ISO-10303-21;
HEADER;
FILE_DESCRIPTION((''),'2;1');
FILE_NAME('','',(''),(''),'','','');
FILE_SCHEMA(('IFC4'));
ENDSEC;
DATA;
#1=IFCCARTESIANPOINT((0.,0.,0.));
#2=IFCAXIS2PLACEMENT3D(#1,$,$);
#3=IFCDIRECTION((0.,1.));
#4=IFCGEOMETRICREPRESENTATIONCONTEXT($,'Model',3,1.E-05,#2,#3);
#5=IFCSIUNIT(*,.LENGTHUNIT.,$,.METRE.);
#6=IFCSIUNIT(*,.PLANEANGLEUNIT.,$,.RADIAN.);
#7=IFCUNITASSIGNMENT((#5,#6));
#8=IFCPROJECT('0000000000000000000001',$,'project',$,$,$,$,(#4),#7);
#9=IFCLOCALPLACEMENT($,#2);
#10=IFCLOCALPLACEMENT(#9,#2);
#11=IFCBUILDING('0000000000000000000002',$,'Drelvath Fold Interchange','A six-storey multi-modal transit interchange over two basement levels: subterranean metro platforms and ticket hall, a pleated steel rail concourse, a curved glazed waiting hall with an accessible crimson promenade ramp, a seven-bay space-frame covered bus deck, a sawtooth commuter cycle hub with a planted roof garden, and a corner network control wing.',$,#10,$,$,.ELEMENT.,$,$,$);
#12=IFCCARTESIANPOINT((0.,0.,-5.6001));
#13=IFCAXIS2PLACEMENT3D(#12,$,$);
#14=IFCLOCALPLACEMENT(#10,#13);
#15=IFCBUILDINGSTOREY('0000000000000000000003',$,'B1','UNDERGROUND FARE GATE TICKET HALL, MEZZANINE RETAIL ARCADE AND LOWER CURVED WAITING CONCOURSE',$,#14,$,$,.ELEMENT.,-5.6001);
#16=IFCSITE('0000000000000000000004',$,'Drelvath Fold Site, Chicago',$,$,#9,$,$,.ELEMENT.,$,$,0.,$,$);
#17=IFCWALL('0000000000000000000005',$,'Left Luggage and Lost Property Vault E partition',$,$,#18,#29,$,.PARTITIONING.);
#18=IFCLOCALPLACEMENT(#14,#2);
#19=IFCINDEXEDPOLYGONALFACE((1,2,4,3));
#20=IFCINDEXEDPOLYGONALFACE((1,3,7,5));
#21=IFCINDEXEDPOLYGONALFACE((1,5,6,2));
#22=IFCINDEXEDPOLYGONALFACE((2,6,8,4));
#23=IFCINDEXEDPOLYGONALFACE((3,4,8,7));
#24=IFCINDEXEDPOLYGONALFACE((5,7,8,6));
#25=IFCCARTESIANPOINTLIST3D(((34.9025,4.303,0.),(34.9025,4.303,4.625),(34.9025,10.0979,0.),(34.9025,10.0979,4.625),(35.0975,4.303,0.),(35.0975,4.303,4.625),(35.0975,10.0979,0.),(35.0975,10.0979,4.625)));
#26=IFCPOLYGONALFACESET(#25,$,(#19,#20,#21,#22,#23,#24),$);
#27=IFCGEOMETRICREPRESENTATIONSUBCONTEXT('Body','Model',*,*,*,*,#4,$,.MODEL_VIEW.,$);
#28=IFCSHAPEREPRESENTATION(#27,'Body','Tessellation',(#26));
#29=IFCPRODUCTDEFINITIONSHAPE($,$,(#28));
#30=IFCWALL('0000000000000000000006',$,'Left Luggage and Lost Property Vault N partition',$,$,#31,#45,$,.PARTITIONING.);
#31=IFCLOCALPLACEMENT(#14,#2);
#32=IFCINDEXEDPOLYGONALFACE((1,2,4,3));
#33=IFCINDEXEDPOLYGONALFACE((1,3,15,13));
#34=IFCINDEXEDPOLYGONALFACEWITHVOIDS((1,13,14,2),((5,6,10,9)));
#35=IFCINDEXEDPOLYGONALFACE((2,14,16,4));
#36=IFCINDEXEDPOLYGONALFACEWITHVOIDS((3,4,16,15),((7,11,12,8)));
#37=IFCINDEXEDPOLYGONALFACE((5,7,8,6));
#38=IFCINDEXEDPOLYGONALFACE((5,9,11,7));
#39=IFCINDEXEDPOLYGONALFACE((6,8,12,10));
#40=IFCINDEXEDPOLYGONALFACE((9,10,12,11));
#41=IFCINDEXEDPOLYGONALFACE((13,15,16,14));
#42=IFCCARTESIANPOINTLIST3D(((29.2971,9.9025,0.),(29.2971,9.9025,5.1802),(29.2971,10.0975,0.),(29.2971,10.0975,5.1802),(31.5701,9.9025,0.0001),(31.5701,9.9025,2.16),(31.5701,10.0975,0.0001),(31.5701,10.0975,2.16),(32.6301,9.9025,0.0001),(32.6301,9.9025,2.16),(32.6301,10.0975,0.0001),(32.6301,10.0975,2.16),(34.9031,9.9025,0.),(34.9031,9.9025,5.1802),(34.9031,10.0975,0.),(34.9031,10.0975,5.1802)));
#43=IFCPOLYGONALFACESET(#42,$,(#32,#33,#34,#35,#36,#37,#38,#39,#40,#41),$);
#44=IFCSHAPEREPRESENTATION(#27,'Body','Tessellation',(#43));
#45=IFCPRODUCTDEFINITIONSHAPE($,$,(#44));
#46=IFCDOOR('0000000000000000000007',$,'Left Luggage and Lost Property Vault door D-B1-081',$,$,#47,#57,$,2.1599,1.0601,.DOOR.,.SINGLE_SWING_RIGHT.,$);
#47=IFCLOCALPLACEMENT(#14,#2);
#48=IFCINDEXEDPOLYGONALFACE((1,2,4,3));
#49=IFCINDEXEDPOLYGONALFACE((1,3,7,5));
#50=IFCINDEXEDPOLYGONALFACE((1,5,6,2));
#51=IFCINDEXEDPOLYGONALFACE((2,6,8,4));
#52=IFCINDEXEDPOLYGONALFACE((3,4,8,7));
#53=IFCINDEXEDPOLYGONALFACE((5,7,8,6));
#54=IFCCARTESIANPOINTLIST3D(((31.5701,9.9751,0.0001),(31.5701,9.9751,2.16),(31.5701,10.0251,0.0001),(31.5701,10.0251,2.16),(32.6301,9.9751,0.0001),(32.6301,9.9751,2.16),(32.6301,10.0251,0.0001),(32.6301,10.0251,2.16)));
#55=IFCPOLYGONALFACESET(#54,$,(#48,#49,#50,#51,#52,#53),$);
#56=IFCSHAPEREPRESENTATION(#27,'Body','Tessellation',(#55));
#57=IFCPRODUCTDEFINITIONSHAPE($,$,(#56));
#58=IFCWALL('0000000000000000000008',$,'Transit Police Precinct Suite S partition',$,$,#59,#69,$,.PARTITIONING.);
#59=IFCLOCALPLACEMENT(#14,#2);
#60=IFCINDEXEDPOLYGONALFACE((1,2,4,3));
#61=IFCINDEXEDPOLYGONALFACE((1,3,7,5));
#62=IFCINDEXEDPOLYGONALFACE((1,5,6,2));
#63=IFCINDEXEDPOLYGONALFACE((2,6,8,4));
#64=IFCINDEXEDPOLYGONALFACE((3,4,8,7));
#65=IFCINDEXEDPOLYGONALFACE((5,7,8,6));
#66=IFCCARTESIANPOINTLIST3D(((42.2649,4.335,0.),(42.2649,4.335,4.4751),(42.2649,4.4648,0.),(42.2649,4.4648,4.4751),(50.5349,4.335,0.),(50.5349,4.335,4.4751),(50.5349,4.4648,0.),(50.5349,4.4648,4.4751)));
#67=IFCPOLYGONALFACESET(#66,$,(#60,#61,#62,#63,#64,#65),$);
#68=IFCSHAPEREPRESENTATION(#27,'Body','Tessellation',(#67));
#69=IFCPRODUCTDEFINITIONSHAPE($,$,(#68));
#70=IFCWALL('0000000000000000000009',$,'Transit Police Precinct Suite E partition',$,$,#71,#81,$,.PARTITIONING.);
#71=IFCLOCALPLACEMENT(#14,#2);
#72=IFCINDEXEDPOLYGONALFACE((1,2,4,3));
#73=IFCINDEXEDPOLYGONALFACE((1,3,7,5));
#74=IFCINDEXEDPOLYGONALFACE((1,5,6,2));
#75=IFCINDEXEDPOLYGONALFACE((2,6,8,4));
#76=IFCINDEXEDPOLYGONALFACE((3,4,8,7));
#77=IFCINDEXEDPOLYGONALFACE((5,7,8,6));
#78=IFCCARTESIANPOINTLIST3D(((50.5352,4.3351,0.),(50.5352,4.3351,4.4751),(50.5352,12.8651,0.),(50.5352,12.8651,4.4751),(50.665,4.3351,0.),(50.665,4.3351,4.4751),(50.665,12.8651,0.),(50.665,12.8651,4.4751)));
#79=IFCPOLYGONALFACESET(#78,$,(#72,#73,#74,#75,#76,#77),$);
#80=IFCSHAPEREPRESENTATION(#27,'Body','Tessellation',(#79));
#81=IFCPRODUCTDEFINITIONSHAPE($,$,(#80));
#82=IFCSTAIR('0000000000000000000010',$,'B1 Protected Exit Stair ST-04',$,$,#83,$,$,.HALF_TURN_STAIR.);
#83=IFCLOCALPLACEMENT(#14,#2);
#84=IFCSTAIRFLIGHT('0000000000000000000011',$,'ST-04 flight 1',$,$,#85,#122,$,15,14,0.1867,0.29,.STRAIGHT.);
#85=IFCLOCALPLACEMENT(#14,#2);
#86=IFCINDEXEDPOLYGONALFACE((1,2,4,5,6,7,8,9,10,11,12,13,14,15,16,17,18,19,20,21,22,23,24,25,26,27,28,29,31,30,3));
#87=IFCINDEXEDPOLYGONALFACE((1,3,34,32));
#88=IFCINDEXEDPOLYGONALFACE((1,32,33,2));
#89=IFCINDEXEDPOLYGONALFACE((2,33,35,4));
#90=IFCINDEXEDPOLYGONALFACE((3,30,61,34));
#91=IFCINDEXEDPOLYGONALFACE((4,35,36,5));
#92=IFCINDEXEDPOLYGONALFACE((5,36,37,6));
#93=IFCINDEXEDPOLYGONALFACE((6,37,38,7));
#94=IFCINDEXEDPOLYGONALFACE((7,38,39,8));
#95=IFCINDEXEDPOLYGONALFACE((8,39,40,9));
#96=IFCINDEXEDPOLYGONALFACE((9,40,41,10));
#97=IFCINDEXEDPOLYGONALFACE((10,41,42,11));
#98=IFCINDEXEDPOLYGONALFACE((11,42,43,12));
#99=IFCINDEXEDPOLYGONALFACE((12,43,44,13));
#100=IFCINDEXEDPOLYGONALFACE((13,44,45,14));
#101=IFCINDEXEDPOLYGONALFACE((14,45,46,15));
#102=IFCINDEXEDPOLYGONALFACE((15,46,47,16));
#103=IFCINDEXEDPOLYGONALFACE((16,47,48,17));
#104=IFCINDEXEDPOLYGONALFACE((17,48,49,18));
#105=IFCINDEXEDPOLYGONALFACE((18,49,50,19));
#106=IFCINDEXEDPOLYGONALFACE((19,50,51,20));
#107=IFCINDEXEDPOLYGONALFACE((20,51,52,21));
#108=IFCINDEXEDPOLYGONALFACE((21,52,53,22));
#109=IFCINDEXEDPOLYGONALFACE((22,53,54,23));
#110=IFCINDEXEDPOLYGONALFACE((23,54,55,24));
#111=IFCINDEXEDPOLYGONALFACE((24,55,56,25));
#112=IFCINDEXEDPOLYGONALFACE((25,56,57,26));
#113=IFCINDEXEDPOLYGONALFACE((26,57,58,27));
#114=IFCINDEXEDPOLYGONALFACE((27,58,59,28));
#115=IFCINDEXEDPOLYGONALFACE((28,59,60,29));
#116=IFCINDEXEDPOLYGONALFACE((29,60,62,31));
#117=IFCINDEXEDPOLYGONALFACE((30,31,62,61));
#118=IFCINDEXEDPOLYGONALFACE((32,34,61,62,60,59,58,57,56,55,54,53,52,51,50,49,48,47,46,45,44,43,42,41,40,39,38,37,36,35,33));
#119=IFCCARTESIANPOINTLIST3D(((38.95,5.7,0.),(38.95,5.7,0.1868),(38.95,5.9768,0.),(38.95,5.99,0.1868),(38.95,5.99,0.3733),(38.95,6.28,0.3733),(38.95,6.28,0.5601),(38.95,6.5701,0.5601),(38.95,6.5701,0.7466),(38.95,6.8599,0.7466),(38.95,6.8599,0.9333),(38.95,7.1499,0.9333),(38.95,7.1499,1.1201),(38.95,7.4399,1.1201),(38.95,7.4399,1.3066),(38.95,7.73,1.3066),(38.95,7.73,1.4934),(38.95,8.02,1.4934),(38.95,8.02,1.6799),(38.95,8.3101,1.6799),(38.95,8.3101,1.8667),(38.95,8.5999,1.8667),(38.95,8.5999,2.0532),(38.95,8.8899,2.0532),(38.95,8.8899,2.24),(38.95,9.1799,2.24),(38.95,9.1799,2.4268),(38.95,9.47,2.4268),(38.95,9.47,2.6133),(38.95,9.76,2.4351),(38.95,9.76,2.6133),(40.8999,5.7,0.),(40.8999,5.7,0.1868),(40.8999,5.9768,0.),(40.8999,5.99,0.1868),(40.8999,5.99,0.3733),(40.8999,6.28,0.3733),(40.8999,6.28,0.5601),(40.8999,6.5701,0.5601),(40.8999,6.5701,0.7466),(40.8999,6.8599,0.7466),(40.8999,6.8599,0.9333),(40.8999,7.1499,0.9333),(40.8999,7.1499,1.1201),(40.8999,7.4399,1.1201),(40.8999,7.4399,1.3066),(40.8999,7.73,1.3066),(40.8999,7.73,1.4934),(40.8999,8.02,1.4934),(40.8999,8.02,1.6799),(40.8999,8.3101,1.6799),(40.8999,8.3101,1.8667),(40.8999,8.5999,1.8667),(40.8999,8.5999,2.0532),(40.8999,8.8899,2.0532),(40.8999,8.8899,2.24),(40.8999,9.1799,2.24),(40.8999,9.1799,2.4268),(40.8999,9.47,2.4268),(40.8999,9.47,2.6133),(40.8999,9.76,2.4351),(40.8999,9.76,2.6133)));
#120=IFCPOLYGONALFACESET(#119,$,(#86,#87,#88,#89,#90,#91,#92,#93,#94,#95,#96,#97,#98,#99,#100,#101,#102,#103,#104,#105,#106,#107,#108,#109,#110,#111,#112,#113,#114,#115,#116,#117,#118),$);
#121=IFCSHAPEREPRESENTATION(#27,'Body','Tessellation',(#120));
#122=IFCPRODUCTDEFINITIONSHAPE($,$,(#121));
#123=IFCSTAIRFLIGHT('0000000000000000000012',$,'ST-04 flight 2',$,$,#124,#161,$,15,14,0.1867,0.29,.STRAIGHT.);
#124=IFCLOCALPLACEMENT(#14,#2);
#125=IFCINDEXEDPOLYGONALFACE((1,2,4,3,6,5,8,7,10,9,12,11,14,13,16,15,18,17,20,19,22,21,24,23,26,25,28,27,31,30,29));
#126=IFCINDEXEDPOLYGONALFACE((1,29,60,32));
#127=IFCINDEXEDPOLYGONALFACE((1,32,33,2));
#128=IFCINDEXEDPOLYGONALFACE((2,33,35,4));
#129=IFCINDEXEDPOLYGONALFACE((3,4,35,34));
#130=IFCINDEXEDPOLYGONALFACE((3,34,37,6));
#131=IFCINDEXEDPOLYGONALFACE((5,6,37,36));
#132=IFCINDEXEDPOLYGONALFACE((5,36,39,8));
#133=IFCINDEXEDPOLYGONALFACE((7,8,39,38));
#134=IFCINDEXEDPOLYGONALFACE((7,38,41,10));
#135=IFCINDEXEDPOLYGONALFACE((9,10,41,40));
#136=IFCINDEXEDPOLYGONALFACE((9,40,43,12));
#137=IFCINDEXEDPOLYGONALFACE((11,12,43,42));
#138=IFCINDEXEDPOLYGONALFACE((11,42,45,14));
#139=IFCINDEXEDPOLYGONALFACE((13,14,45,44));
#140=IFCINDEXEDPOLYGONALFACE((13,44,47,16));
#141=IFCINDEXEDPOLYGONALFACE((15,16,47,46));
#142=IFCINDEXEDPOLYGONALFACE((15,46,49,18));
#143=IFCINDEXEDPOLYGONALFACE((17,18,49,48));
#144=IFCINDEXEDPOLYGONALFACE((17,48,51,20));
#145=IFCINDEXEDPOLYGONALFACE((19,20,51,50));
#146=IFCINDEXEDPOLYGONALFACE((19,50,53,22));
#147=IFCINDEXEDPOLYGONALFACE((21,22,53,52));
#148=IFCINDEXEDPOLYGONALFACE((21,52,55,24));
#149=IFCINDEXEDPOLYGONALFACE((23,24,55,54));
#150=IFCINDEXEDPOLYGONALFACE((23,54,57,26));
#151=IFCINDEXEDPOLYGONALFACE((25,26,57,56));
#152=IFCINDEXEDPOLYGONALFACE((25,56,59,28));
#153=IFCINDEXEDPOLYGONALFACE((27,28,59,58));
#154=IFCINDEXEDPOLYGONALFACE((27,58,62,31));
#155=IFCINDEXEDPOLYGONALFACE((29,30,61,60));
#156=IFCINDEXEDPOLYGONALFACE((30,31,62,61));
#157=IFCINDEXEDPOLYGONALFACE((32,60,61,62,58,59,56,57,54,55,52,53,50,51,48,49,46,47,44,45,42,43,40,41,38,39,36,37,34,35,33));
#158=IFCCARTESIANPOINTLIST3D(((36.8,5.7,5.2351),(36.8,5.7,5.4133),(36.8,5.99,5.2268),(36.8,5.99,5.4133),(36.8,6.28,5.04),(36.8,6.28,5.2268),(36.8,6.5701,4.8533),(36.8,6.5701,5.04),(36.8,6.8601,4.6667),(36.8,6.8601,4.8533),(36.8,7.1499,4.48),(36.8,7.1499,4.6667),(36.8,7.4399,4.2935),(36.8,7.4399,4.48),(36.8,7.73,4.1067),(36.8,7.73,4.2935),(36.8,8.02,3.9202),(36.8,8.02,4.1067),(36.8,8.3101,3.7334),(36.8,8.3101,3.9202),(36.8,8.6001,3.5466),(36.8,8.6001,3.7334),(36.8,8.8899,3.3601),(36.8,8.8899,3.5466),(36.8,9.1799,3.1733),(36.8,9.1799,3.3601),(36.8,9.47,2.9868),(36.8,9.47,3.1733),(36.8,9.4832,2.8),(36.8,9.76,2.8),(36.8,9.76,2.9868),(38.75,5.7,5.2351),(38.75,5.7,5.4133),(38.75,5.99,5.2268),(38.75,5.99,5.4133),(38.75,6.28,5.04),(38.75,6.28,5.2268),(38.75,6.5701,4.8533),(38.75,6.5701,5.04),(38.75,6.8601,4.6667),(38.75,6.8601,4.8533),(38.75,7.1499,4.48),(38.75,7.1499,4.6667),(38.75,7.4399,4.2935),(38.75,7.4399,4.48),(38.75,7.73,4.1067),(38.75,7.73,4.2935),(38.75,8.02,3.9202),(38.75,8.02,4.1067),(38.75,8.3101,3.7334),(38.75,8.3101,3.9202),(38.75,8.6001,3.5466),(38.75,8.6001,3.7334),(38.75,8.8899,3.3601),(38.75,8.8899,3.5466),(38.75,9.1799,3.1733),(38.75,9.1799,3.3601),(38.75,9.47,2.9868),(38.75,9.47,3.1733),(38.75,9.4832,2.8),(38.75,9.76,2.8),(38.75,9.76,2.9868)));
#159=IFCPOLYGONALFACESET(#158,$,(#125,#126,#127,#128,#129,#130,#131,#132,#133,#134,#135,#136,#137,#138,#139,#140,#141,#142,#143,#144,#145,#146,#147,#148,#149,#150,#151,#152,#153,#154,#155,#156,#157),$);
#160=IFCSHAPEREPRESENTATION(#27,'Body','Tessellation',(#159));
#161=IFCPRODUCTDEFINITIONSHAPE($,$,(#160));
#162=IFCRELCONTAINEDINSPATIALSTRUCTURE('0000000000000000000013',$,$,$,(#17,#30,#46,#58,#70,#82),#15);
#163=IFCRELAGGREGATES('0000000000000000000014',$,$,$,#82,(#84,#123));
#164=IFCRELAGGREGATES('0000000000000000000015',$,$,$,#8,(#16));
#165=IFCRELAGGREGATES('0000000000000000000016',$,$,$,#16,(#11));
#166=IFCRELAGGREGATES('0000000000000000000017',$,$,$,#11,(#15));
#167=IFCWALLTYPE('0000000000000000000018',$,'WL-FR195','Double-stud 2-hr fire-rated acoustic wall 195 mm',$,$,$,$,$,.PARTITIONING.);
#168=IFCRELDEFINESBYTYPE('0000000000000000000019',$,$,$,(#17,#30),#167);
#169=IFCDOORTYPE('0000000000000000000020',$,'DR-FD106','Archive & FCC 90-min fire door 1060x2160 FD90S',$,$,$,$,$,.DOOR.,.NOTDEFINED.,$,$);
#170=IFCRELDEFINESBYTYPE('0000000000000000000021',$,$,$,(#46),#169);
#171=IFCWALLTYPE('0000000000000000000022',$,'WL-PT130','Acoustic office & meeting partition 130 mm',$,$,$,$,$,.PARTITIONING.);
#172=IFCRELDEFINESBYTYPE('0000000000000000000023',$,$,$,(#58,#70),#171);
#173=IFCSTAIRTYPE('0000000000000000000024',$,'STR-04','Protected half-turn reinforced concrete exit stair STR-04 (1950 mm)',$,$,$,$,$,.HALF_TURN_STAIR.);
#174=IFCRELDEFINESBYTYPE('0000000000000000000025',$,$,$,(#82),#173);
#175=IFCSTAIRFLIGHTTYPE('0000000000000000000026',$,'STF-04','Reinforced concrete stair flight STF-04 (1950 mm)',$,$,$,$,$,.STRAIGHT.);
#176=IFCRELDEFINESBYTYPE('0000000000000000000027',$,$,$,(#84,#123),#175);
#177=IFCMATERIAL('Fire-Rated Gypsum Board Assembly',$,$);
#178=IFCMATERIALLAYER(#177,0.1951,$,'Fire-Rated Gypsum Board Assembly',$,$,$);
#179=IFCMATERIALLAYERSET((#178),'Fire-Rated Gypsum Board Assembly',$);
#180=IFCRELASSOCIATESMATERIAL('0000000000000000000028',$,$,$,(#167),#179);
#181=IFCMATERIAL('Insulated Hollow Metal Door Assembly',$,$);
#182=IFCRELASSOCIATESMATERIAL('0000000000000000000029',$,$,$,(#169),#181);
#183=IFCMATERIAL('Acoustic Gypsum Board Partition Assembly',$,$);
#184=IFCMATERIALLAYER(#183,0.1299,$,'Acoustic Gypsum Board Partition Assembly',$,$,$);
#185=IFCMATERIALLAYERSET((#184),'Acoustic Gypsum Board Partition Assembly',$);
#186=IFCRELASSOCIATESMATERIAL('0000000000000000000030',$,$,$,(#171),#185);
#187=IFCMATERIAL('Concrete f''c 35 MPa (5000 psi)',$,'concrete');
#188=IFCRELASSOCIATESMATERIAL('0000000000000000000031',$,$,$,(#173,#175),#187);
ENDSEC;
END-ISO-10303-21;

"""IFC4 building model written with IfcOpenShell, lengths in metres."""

from ifc_helpers import new_model, si_unit, direction, frame, frame_2d, origin, place, context, subcontext, project, spatial, polyline, rectangle, outline, extrude, material, layer, layer_set, type_object, element, fill, aggregate, save


model = new_model("IFC4")

# Units and contexts
model_context = context("Model", 3, precision=1e-05, world=origin(), true_north=direction((0.0, 1.0)))
body_context = subcontext(model_context, "Body", "Model", "MODEL_VIEW")
ifc_project = project(units=[si_unit("LENGTHUNIT", "METRE"), si_unit("PLANEANGLEUNIT", "RADIAN")], contexts=[model_context])

# Site, building, storey
site_placement = place(None, origin())
site = spatial("IfcSite", under=ifc_project, at=site_placement, Name="Drelvath Fold Site, Chicago", CompositionType="ELEMENT", RefElevation=0.0)
building_placement = place(site_placement, origin())
building = spatial("IfcBuilding", under=site, at=building_placement, Name="Drelvath Fold Interchange", Description="A six-storey multi-modal transit interchange over two basement levels: subterranean metro platforms and ticket hall, a pleated steel rail concourse, a curved glazed waiting hall with an accessible crimson promenade ramp, a seven-bay space-frame covered bus deck, a sawtooth commuter cycle hub with a planted roof garden, and a corner network control wing.", CompositionType="ELEMENT")
storey_placement = place(building_placement, frame((0.0, 0.0, -5.6001)))
storey = spatial("IfcBuildingStorey", under=building, at=storey_placement, Name="B1", Description="UNDERGROUND FARE GATE TICKET HALL, MEZZANINE RETAIL ARCADE AND LOWER CURVED WAITING CONCOURSE", CompositionType="ELEMENT", Elevation=-5.6001)

# Shared definitions
ifc_material_1 = material(Name="Insulated Hollow Metal Door Assembly")

# Wall
ifc_material_2 = material(Name="Fire-Rated Gypsum Board Assembly")
ifc_layer_1 = layer(ifc_material_2, 0.1951, Name="Fire-Rated Gypsum Board Assembly")
ifc_layer_set_1 = layer_set([ifc_layer_1], Name="Fire-Rated Gypsum Board Assembly")
wall_type_1 = type_object("IfcWallType", Name="WL-FR195", Description="Double-stud 2-hr fire-rated acoustic wall 195 mm", PredefinedType="PARTITIONING", material=ifc_layer_set_1)
wall_1_placement = place(storey_placement, frame((35.0, 4.303, 0.0), z_axis=(0.0, 0.0, 1.0), x_axis=(0.0, 1.0, 0.0)))
element("IfcWall", 1, at=wall_1_placement, inside=storey, type_object=wall_type_1, Name="Left Luggage and Lost Property Vault E partition", PredefinedType="PARTITIONING", context=body_context, shape_type="SweptSolid", body=[
    extrude(rectangle(XDim=5.7949, YDim=0.1951, at=frame_2d((2.8975, 0.0))), origin(), (0.0, 0.0, 1.0), 4.625),
])

# Wall, opening, door
wall_2_placement = place(storey_placement, frame((34.9031, 10.0, 0.0), z_axis=(0.0, 0.0, 1.0), x_axis=(-1.0, 0.0, 0.0)))
wall_2 = element("IfcWall", 2, at=wall_2_placement, inside=storey, type_object=wall_type_1, Name="Left Luggage and Lost Property Vault N partition", PredefinedType="PARTITIONING", context=body_context, shape_type="SweptSolid", body=[
    extrude(rectangle(XDim=5.606, YDim=0.1951, at=frame_2d((2.803, 0.0))), origin(), (0.0, 0.0, 1.0), 5.1802),
])
opening_1_placement = place(wall_2_placement, frame((2.2729, 0.0, 0.0)))
opening_1 = element("IfcOpeningElement", 3, at=opening_1_placement, cuts=wall_2, PredefinedType="OPENING", context=body_context, shape_type="SweptSolid", body=[
    extrude(rectangle(XDim=1.0601, YDim=2.1599, at=frame_2d((0.53, 1.0801))), frame((0.0, 0.1074, 0.0), z_axis=(0.0, -1.0, 0.0), x_axis=(1.0, 0.0, 0.0)), (0.0, 0.0, 1.0), 0.2151),
])
door_type_1 = type_object("IfcDoorType", Name="DR-FD106", Description="Archive & FCC 90-min fire door 1060x2160 FD90S", OperationType="NOTDEFINED", PredefinedType="DOOR", material=ifc_material_1)
door_1_placement = place(opening_1_placement, origin())
door_1 = element("IfcDoor", 4, at=door_1_placement, inside=storey, type_object=door_type_1, Name="Left Luggage and Lost Property Vault door D-B1-081", OperationType="SINGLE_SWING_RIGHT", OverallHeight=2.1599, OverallWidth=1.0601, PredefinedType="DOOR", context=body_context, shape_type="SweptSolid", body=[
    extrude(rectangle(XDim=1.0601, YDim=2.1599, at=frame_2d((0.53, 1.0801))), frame((0.0, 0.0249, 0.0), z_axis=(0.0, -1.0, 0.0), x_axis=(1.0, 0.0, 0.0)), (0.0, 0.0, 1.0), 0.05),
])
fill(opening_1, door_1)

# Walls
ifc_material_3 = material(Name="Acoustic Gypsum Board Partition Assembly")
ifc_layer_2 = layer(ifc_material_3, 0.1299, Name="Acoustic Gypsum Board Partition Assembly")
ifc_layer_set_2 = layer_set([ifc_layer_2], Name="Acoustic Gypsum Board Partition Assembly")
wall_type_2 = type_object("IfcWallType", Name="WL-PT130", Description="Acoustic office & meeting partition 130 mm", PredefinedType="PARTITIONING", material=ifc_layer_set_2)
wall_3_placement = place(storey_placement, frame((42.2649, 4.3999, 0.0), z_axis=(0.0, 0.0, 1.0), x_axis=(1.0, 0.0, 0.0)))
element("IfcWall", 5, at=wall_3_placement, inside=storey, type_object=wall_type_2, Name="Transit Police Precinct Suite S partition", PredefinedType="PARTITIONING", context=body_context, shape_type="SweptSolid", body=[
    extrude(rectangle(XDim=8.27, YDim=0.1299, at=frame_2d((4.135, 0.0))), origin(), (0.0, 0.0, 1.0), 4.4751),
])
wall_4_placement = place(storey_placement, frame((50.6001, 4.335, 0.0), z_axis=(0.0, 0.0, 1.0), x_axis=(0.0, 1.0, 0.0)))
element("IfcWall", 6, at=wall_4_placement, inside=storey, type_object=wall_type_2, Name="Transit Police Precinct Suite E partition", PredefinedType="PARTITIONING", context=body_context, shape_type="SweptSolid", body=[
    extrude(rectangle(XDim=8.53, YDim=0.1299, at=frame_2d((4.2651, 0.0))), origin(), (0.0, 0.0, 1.0), 4.4751),
])

# Stair, stair flights
ifc_material_4 = material(Name="Concrete f'c 35 MPa (5000 psi)", Category="concrete")
stair_type = type_object("IfcStairType", Name="STR-04", Description="Protected half-turn reinforced concrete exit stair STR-04 (1950 mm)", PredefinedType="HALF_TURN_STAIR", material=ifc_material_4)
stair_placement = place(storey_placement, origin())
stair = element("IfcStair", 7, at=stair_placement, inside=storey, type_object=stair_type, Name="B1 Protected Exit Stair ST-04", PredefinedType="HALF_TURN_STAIR")
stair_flight_type = type_object("IfcStairFlightType", Name="STF-04", Description="Reinforced concrete stair flight STF-04 (1950 mm)", PredefinedType="STRAIGHT", material=ifc_material_4)
stair_flight_1_placement = place(storey_placement, frame((39.925, 5.7, 0.0), z_axis=(0.0, 0.0, 1.0), x_axis=(0.0, 1.0, 0.0)))
stair_flight_1 = element("IfcStairFlight", 8, at=stair_flight_1_placement, type_object=stair_flight_type, Name="ST-04 flight 1", NumberOfRisers=15, NumberOfTreads=14, PredefinedType="STRAIGHT", RiserHeight=0.1867, TreadLength=0.29, context=body_context, shape_type="SweptSolid", body=[
    extrude(outline(polyline([(0.0, 0.0), (0.0, 0.1868), (0.29, 0.1868), (0.29, 0.3733), (0.5801, 0.3733), (0.5801, 0.5601), (0.8701, 0.5601), (0.8701, 0.7466), (1.1599, 0.7466), (1.1599, 0.9333), (1.45, 0.9333), (1.45, 1.1201), (1.74, 1.1201), (1.74, 1.3066), (2.03, 1.3066), (2.03, 1.4934), (2.3201, 1.4934), (2.3201, 1.6799), (2.6101, 1.6799), (2.6101, 1.8667), (2.8999, 1.8667), (2.8999, 2.0532), (3.1899, 2.0532), (3.1899, 2.24), (3.48, 2.24), (3.48, 2.4268), (3.77, 2.4268), (3.77, 2.6133), (4.0601, 2.6133), (4.0601, 2.8), (4.0601, 2.4351), (0.2769, 0.0), (0.0, 0.0)])), frame((0.0, 0.9751, 0.0), z_axis=(0.0, -1.0, 0.0), x_axis=(1.0, 0.0, 0.0)), (0.0, 0.0, 1.0), 1.95),
])
stair_flight_2_placement = place(storey_placement, frame((37.7749, 9.76, 2.8), z_axis=(0.0, 0.0, 1.0), x_axis=(0.0, -1.0, 0.0)))
stair_flight_2 = element("IfcStairFlight", 9, at=stair_flight_2_placement, type_object=stair_flight_type, Name="ST-04 flight 2", NumberOfRisers=15, NumberOfTreads=14, PredefinedType="STRAIGHT", RiserHeight=0.1867, TreadLength=0.29, context=body_context, shape_type="SweptSolid", body=[
    extrude(outline(polyline([(0.0, 0.0), (0.0, 0.1868), (0.29, 0.1868), (0.29, 0.3733), (0.5801, 0.3733), (0.5801, 0.5601), (0.8701, 0.5601), (0.8701, 0.7466), (1.1599, 0.7466), (1.1599, 0.9333), (1.45, 0.9333), (1.45, 1.1201), (1.74, 1.1201), (1.74, 1.3066), (2.03, 1.3066), (2.03, 1.4934), (2.3201, 1.4934), (2.3201, 1.6799), (2.6101, 1.6799), (2.6101, 1.8667), (2.8999, 1.8667), (2.8999, 2.0532), (3.1899, 2.0532), (3.1899, 2.24), (3.48, 2.24), (3.48, 2.4268), (3.77, 2.4268), (3.77, 2.6133), (4.0601, 2.6133), (4.0601, 2.8), (4.0601, 2.4351), (0.2769, 0.0), (0.0, 0.0)])), frame((0.0, 0.9751, 0.0), z_axis=(0.0, -1.0, 0.0), x_axis=(1.0, 0.0, 0.0)), (0.0, 0.0, 1.0), 1.95),
])
aggregate(stair, [stair_flight_1, stair_flight_2])

save(model, "model.ifc")
